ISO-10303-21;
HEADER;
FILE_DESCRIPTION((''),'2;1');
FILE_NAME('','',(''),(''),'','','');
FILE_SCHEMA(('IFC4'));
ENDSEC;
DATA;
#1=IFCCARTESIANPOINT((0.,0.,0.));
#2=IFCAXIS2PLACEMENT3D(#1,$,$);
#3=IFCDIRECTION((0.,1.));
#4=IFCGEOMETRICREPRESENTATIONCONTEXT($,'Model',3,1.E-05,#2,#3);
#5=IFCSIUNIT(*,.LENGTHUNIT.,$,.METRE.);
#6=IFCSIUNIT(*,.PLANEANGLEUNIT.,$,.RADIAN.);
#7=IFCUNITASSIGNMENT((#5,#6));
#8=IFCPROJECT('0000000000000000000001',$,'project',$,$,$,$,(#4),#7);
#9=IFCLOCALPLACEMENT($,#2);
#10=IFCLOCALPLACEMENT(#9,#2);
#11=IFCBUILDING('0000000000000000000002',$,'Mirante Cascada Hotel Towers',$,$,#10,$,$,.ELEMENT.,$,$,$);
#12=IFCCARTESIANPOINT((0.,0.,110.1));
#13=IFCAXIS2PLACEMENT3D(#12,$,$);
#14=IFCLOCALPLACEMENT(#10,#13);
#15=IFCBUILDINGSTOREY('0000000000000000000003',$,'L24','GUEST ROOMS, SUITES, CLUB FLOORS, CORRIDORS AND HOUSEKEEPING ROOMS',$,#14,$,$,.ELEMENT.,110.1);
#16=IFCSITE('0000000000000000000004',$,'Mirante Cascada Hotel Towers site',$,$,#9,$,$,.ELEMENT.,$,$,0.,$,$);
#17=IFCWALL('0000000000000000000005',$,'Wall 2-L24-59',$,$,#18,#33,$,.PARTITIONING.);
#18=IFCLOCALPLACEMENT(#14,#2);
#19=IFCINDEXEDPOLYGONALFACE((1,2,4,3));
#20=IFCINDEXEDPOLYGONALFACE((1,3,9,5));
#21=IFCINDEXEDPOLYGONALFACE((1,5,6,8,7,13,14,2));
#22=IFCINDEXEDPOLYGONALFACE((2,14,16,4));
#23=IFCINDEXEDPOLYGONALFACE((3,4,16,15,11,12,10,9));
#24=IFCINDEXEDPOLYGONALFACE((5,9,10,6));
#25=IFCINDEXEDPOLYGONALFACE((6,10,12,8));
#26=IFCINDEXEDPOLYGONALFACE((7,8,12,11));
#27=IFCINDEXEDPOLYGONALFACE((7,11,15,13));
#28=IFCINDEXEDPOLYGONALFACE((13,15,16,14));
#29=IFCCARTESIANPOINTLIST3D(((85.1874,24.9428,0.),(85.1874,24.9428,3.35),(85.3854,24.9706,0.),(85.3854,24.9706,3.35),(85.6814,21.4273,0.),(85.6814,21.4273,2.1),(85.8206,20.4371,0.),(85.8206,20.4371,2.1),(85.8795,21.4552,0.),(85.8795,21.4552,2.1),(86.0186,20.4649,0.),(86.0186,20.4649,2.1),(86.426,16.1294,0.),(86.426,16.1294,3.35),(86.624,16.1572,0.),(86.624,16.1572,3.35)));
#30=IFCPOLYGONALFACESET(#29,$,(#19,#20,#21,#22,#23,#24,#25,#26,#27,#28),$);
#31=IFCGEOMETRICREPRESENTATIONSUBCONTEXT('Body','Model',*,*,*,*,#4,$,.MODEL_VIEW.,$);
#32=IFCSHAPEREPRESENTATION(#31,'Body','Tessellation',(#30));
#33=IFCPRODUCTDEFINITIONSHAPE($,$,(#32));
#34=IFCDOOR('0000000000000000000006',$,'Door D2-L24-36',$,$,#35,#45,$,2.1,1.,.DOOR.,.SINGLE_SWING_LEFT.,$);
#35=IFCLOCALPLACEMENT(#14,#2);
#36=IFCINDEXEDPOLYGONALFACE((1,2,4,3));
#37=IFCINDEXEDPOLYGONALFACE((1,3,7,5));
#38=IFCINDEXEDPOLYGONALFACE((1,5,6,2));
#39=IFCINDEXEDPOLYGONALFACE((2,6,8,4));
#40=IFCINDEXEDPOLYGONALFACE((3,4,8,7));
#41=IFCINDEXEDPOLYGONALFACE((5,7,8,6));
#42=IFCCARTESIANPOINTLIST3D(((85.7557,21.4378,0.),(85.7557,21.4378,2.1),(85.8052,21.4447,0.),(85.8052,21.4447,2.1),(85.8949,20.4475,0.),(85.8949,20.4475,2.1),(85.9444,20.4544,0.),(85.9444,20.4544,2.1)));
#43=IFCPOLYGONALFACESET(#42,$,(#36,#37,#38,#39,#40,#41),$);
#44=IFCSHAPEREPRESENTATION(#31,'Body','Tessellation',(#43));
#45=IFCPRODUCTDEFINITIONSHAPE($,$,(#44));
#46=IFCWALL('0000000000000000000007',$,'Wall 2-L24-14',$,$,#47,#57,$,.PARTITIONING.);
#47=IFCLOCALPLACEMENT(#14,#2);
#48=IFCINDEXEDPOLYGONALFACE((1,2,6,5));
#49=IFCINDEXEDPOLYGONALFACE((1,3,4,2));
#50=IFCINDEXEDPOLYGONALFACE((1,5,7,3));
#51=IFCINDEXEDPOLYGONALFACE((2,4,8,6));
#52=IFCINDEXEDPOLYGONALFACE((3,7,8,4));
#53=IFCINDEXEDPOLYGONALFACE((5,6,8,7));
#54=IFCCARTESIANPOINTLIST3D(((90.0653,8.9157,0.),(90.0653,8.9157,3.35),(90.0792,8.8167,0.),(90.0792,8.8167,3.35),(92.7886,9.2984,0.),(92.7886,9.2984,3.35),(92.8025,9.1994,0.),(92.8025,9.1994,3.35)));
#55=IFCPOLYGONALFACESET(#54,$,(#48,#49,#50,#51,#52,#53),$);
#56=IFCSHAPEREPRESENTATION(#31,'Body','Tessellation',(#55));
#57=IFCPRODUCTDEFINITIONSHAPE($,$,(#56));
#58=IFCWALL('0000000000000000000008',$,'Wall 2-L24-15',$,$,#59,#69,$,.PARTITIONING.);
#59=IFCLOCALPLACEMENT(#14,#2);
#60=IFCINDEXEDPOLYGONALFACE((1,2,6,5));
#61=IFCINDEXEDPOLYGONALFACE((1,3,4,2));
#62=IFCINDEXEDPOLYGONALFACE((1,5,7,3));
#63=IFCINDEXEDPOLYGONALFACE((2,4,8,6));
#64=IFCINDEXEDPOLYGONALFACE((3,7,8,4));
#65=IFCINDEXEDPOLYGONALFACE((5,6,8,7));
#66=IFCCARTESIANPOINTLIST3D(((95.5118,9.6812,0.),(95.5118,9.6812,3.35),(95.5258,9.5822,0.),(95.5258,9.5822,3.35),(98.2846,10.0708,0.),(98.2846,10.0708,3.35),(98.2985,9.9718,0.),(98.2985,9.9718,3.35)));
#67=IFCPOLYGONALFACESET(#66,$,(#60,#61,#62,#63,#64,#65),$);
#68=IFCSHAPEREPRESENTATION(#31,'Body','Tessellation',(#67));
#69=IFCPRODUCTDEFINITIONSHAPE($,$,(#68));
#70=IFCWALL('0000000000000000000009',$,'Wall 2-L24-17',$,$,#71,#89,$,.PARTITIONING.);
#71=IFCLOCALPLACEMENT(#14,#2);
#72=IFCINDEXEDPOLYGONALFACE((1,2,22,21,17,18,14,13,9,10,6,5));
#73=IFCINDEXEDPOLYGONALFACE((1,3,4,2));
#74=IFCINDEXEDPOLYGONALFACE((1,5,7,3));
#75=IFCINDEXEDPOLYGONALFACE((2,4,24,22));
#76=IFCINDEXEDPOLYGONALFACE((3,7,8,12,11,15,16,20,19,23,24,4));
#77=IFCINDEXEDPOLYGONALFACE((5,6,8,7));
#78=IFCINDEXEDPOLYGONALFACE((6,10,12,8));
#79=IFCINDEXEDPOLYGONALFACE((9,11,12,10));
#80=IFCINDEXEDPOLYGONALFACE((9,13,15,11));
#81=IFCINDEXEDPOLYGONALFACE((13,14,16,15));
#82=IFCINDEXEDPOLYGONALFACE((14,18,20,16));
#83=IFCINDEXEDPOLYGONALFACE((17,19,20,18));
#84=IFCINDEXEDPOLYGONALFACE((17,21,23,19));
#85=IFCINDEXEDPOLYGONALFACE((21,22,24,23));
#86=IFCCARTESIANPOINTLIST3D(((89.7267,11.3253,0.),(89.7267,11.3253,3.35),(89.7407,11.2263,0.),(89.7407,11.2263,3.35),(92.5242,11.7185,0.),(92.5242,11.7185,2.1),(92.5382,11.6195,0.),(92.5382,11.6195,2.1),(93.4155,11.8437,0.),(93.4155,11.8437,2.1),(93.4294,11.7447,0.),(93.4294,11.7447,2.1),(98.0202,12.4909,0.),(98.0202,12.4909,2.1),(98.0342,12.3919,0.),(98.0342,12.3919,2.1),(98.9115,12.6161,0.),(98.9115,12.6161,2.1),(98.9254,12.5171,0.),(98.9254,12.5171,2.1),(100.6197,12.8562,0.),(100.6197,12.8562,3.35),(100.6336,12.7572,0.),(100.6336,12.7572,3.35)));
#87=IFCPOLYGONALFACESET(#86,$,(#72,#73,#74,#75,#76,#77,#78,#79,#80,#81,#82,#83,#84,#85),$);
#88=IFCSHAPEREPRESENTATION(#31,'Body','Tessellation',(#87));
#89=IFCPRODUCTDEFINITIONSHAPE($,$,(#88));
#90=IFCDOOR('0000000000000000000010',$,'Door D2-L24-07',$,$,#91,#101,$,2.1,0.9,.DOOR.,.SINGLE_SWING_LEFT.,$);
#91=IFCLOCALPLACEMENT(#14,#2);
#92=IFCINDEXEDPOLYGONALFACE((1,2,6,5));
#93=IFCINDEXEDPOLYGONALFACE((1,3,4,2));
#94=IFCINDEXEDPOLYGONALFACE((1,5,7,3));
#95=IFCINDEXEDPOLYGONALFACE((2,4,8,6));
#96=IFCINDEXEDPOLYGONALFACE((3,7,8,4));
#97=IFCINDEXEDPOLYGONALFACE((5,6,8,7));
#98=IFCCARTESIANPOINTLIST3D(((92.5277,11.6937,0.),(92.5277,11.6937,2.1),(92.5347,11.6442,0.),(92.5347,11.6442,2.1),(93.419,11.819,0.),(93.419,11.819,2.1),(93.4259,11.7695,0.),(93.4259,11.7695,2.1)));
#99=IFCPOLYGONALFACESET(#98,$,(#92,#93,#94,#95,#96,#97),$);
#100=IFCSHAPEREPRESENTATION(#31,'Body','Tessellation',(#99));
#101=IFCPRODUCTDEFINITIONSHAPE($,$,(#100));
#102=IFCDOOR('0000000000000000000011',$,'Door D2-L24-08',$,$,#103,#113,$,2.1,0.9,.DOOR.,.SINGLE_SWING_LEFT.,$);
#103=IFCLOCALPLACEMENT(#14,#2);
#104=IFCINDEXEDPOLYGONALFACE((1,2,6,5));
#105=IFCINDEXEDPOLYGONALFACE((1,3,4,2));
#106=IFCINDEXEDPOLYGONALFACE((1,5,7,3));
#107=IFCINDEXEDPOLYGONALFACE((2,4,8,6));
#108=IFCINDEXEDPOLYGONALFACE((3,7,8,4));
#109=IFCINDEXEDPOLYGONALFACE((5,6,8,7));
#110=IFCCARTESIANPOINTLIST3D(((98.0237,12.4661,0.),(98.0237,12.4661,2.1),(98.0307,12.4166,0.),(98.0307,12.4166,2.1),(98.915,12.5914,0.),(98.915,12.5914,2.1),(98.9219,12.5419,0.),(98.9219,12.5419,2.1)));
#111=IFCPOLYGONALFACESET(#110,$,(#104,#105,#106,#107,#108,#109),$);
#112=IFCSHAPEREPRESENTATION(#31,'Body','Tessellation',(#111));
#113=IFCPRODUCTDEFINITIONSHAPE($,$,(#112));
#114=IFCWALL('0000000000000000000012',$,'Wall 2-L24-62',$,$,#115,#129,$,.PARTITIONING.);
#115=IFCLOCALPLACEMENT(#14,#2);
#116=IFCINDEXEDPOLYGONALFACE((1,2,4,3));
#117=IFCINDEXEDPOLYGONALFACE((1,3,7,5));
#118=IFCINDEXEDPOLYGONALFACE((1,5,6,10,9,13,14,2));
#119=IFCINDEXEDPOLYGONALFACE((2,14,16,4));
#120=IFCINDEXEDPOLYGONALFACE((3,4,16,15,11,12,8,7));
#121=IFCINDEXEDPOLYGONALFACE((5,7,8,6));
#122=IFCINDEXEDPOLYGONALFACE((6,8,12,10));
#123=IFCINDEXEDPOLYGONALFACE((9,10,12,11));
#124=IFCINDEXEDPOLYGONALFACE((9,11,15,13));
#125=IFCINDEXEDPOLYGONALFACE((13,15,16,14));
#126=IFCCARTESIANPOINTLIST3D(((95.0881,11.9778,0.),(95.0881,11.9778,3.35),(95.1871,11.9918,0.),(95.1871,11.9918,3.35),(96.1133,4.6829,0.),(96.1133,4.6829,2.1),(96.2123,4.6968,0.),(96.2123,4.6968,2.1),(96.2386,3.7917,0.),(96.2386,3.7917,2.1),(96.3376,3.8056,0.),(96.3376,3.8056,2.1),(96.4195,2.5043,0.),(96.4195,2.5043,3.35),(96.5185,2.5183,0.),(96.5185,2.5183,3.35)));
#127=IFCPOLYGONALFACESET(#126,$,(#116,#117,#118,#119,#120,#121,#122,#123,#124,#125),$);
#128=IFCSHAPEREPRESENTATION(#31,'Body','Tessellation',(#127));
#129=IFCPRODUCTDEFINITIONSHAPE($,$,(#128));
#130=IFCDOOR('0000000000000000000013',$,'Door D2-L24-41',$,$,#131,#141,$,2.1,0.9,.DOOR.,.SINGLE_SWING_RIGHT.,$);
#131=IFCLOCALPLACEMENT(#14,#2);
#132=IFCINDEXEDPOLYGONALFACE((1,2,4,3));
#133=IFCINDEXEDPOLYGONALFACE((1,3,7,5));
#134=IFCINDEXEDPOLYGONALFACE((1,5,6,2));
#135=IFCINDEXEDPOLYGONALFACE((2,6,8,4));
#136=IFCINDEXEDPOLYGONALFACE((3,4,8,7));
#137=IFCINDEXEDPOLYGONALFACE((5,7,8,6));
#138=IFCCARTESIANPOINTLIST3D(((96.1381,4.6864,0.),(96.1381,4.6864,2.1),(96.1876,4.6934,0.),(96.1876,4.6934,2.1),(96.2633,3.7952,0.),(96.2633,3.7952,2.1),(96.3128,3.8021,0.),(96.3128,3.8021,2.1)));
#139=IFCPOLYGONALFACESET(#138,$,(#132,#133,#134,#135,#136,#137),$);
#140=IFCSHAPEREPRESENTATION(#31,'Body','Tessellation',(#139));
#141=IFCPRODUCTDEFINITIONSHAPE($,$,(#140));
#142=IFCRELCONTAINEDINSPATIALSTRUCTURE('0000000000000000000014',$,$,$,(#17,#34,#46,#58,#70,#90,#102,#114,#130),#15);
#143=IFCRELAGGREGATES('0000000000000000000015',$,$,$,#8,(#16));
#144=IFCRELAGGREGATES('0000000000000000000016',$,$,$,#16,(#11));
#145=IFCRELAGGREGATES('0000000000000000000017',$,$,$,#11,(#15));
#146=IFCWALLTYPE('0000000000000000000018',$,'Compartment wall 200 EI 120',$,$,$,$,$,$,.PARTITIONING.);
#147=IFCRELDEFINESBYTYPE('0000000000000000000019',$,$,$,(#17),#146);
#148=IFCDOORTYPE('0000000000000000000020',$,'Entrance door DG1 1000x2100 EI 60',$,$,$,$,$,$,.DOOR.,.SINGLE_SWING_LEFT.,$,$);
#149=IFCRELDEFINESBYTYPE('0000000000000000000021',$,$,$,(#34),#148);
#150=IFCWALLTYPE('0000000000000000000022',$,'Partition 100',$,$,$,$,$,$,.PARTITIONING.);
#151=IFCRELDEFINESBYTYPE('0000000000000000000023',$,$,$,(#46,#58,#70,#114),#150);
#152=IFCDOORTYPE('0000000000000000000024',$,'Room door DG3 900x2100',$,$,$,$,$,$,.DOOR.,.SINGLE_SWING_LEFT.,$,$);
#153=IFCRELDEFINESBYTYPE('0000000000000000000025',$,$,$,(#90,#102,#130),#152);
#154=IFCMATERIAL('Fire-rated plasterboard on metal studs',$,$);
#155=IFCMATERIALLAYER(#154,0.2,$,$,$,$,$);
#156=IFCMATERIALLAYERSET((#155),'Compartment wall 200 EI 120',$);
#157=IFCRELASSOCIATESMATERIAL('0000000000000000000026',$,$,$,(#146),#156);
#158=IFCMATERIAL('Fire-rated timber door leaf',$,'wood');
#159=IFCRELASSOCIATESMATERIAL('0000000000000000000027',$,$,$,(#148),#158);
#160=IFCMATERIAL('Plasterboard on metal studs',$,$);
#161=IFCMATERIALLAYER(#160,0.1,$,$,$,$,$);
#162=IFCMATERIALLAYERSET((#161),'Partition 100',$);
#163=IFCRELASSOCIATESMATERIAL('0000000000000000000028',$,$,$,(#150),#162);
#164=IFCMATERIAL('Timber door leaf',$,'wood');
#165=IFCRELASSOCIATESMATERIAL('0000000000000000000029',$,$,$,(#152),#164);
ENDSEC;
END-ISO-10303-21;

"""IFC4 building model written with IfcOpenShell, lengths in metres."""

from ifc_helpers import new_model, si_unit, direction, frame, frame_2d, origin, place, context, subcontext, project, spatial, rectangle, extrude, material, layer, layer_set, type_object, element, fill, save


model = new_model("IFC4")

# Units and contexts
model_context = context("Model", 3, precision=1e-05, world=origin(), true_north=direction((0.0, 1.0)))
body_context = subcontext(model_context, "Body", "Model", "MODEL_VIEW")
ifc_project = project(units=[si_unit("LENGTHUNIT", "METRE"), si_unit("PLANEANGLEUNIT", "RADIAN")], contexts=[model_context])

# Site, building, storey
site_placement = place(None, origin())
site = spatial("IfcSite", under=ifc_project, at=site_placement, Name="Mirante Cascada Hotel Towers site", CompositionType="ELEMENT", RefElevation=0.0)
building_placement = place(site_placement, origin())
building = spatial("IfcBuilding", under=site, at=building_placement, Name="Mirante Cascada Hotel Towers", CompositionType="ELEMENT")
storey_placement = place(building_placement, frame((0.0, 0.0, 110.1)))
storey = spatial("IfcBuildingStorey", under=building, at=storey_placement, Name="L24", Description="GUEST ROOMS, SUITES, CLUB FLOORS, CORRIDORS AND HOUSEKEEPING ROOMS", CompositionType="ELEMENT", Elevation=110.1)

# Shared definitions
ifc_material_1 = material(Name="Fire-rated plasterboard on metal studs")
ifc_layer_1 = layer(ifc_material_1, 0.2)
ifc_layer_set_1 = layer_set([ifc_layer_1], Name="Compartment wall 200 EI 120")
wall_type_1 = type_object("IfcWallType", Name="Compartment wall 200 EI 120", PredefinedType="PARTITIONING", material=ifc_layer_set_1)

# Shared definitions
ifc_material_2 = material(Name="Fire-rated timber door leaf", Category="wood")
door_type_1 = type_object("IfcDoorType", Name="Entrance door DG1 1000x2100 EI 60", OperationType="SINGLE_SWING_LEFT", PredefinedType="DOOR", material=ifc_material_2)

# Wall, opening, door
wall_1_placement = place(storey_placement, frame((86.525, 16.1433, 0.0), z_axis=(0.0, 0.0, 1.0), x_axis=(-0.139168, 0.990269, 0.0)))
wall_1 = element("IfcWall", 1, at=wall_1_placement, inside=storey, type_object=wall_type_1, Name="Wall 2-L24-59", PredefinedType="PARTITIONING", context=body_context, shape_type="SweptSolid", body=[
    extrude(rectangle(XDim=8.9, YDim=0.2, at=frame_2d((4.45, 0.0))), origin(), (0.0, 0.0, 1.0), 3.35),
])
opening_1_placement = place(wall_1_placement, frame((4.35, 0.0, 0.0)))
opening_1 = element("IfcOpeningElement", 2, at=opening_1_placement, cuts=wall_1, PredefinedType="OPENING", context=body_context, shape_type="SweptSolid", body=[
    extrude(rectangle(XDim=1.0, YDim=2.1, at=frame_2d((0.5, 1.05))), frame((0.0, 0.1, 0.0), z_axis=(0.0, -1.0, 0.0), x_axis=(1.0, 0.0, 0.0)), (0.0, 0.0, 1.0), 0.2),
])
door_1_placement = place(opening_1_placement, origin())
door_1 = element("IfcDoor", 3, at=door_1_placement, inside=storey, type_object=door_type_1, Name="Door D2-L24-36", OperationType="SINGLE_SWING_LEFT", OverallHeight=2.1, OverallWidth=1.0, PredefinedType="DOOR", context=body_context, shape_type="SweptSolid", body=[
    extrude(rectangle(XDim=1.0, YDim=2.1, at=frame_2d((0.5, 1.05))), frame((0.0, 0.025, 0.0), z_axis=(0.0, -1.0, 0.0), x_axis=(1.0, 0.0, 0.0)), (0.0, 0.0, 1.0), 0.05),
])
fill(opening_1, door_1)

# Walls
ifc_material_3 = material(Name="Plasterboard on metal studs")
ifc_layer_2 = layer(ifc_material_3, 0.1)
ifc_layer_set_2 = layer_set([ifc_layer_2], Name="Partition 100")
wall_type_2 = type_object("IfcWallType", Name="Partition 100", PredefinedType="PARTITIONING", material=ifc_layer_set_2)
wall_2_placement = place(storey_placement, frame((92.7956, 9.2489, 0.0), z_axis=(0.0, 0.0, 1.0), x_axis=(-0.99027, -0.139161, 0.0)))
element("IfcWall", 4, at=wall_2_placement, inside=storey, type_object=wall_type_2, Name="Wall 2-L24-14", PredefinedType="PARTITIONING", context=body_context, shape_type="SweptSolid", body=[
    extrude(rectangle(XDim=2.7501, YDim=0.1, at=frame_2d((1.3751, 0.0))), origin(), (0.0, 0.0, 1.0), 3.35),
])
wall_3_placement = place(storey_placement, frame((95.5188, 9.6317, 0.0), z_axis=(0.0, 0.0, 1.0), x_axis=(0.990273, 0.139141, 0.0)))
element("IfcWall", 5, at=wall_3_placement, inside=storey, type_object=wall_type_2, Name="Wall 2-L24-15", PredefinedType="PARTITIONING", context=body_context, shape_type="SweptSolid", body=[
    extrude(rectangle(XDim=2.8, YDim=0.1, at=frame_2d((1.4, 0.0))), origin(), (0.0, 0.0, 1.0), 3.35),
])

# Wall, openings, doors
wall_4_placement = place(storey_placement, frame((89.7337, 11.2758, 0.0), z_axis=(0.0, 0.0, 1.0), x_axis=(0.990268, 0.139173, 0.0)))
wall_4 = element("IfcWall", 6, at=wall_4_placement, inside=storey, type_object=wall_type_2, Name="Wall 2-L24-17", PredefinedType="PARTITIONING", context=body_context, shape_type="SweptSolid", body=[
    extrude(rectangle(XDim=11.0, YDim=0.1, at=frame_2d((5.5, 0.0))), origin(), (0.0, 0.0, 1.0), 3.35),
])
opening_2_placement = place(wall_4_placement, frame((2.825, 0.0, 0.0)))
opening_2 = element("IfcOpeningElement", 7, at=opening_2_placement, cuts=wall_4, PredefinedType="OPENING", context=body_context, shape_type="SweptSolid", body=[
    extrude(rectangle(XDim=0.9, YDim=2.1, at=frame_2d((0.45, 1.05))), frame((0.0, 0.05, 0.0), z_axis=(0.0, -1.0, 0.0), x_axis=(1.0, 0.0, 0.0)), (0.0, 0.0, 1.0), 0.1),
])
opening_3_placement = place(wall_4_placement, frame((8.375, 0.0, 0.0)))
opening_3 = element("IfcOpeningElement", 8, at=opening_3_placement, cuts=wall_4, PredefinedType="OPENING", context=body_context, shape_type="SweptSolid", body=[
    extrude(rectangle(XDim=0.9, YDim=2.1, at=frame_2d((0.45, 1.05))), frame((0.0, 0.05, 0.0), z_axis=(0.0, -1.0, 0.0), x_axis=(1.0, 0.0, 0.0)), (0.0, 0.0, 1.0), 0.1),
])
ifc_material_4 = material(Name="Timber door leaf", Category="wood")
door_type_2 = type_object("IfcDoorType", Name="Room door DG3 900x2100", OperationType="SINGLE_SWING_LEFT", PredefinedType="DOOR", material=ifc_material_4)
door_2_placement = place(opening_2_placement, origin())
door_2 = element("IfcDoor", 9, at=door_2_placement, inside=storey, type_object=door_type_2, Name="Door D2-L24-07", OperationType="SINGLE_SWING_LEFT", OverallHeight=2.1, OverallWidth=0.9, PredefinedType="DOOR", context=body_context, shape_type="SweptSolid", body=[
    extrude(rectangle(XDim=0.9, YDim=2.1, at=frame_2d((0.45, 1.05))), frame((0.0, 0.025, 0.0), z_axis=(0.0, -1.0, 0.0), x_axis=(1.0, 0.0, 0.0)), (0.0, 0.0, 1.0), 0.05),
])
fill(opening_2, door_2)
door_3_placement = place(opening_3_placement, origin())
door_3 = element("IfcDoor", 10, at=door_3_placement, inside=storey, type_object=door_type_2, Name="Door D2-L24-08", OperationType="SINGLE_SWING_LEFT", OverallHeight=2.1, OverallWidth=0.9, PredefinedType="DOOR", context=body_context, shape_type="SweptSolid", body=[
    extrude(rectangle(XDim=0.9, YDim=2.1, at=frame_2d((0.45, 1.05))), frame((0.0, 0.025, 0.0), z_axis=(0.0, -1.0, 0.0), x_axis=(1.0, 0.0, 0.0)), (0.0, 0.0, 1.0), 0.05),
])
fill(opening_3, door_3)

# Wall, opening, door
wall_5_placement = place(storey_placement, frame((95.1376, 11.9848, 0.0), z_axis=(0.0, 0.0, 1.0), x_axis=(0.139172, -0.990268, 0.0)))
wall_5 = element("IfcWall", 11, at=wall_5_placement, inside=storey, type_object=wall_type_2, Name="Wall 2-L24-62", PredefinedType="PARTITIONING", context=body_context, shape_type="SweptSolid", body=[
    extrude(rectangle(XDim=9.5666, YDim=0.1, at=frame_2d((4.7833, 0.0))), origin(), (0.0, 0.0, 1.0), 3.35),
])
opening_4_placement = place(wall_5_placement, frame((7.3666, 0.0, 0.0)))
opening_4 = element("IfcOpeningElement", 12, at=opening_4_placement, cuts=wall_5, PredefinedType="OPENING", context=body_context, shape_type="SweptSolid", body=[
    extrude(rectangle(XDim=0.9, YDim=2.1, at=frame_2d((0.45, 1.05))), frame((0.0, 0.05, 0.0), z_axis=(0.0, -1.0, 0.0), x_axis=(1.0, 0.0, 0.0)), (0.0, 0.0, 1.0), 0.1),
])
door_4_placement = place(opening_4_placement, frame((0.9, 0.0, 0.0), z_axis=(0.0, 0.0, 1.0), x_axis=(-1.0, 0.0, 0.0)))
door_4 = element("IfcDoor", 13, at=door_4_placement, inside=storey, type_object=door_type_2, Name="Door D2-L24-41", OperationType="SINGLE_SWING_RIGHT", OverallHeight=2.1, OverallWidth=0.9, PredefinedType="DOOR", context=body_context, shape_type="SweptSolid", body=[
    extrude(rectangle(XDim=0.9, YDim=2.1, at=frame_2d((0.45, 1.05))), frame((0.0, 0.025, 0.0), z_axis=(0.0, -1.0, 0.0), x_axis=(1.0, 0.0, 0.0)), (0.0, 0.0, 1.0), 0.05),
])
fill(opening_4, door_4)

save(model, "model.ifc")
